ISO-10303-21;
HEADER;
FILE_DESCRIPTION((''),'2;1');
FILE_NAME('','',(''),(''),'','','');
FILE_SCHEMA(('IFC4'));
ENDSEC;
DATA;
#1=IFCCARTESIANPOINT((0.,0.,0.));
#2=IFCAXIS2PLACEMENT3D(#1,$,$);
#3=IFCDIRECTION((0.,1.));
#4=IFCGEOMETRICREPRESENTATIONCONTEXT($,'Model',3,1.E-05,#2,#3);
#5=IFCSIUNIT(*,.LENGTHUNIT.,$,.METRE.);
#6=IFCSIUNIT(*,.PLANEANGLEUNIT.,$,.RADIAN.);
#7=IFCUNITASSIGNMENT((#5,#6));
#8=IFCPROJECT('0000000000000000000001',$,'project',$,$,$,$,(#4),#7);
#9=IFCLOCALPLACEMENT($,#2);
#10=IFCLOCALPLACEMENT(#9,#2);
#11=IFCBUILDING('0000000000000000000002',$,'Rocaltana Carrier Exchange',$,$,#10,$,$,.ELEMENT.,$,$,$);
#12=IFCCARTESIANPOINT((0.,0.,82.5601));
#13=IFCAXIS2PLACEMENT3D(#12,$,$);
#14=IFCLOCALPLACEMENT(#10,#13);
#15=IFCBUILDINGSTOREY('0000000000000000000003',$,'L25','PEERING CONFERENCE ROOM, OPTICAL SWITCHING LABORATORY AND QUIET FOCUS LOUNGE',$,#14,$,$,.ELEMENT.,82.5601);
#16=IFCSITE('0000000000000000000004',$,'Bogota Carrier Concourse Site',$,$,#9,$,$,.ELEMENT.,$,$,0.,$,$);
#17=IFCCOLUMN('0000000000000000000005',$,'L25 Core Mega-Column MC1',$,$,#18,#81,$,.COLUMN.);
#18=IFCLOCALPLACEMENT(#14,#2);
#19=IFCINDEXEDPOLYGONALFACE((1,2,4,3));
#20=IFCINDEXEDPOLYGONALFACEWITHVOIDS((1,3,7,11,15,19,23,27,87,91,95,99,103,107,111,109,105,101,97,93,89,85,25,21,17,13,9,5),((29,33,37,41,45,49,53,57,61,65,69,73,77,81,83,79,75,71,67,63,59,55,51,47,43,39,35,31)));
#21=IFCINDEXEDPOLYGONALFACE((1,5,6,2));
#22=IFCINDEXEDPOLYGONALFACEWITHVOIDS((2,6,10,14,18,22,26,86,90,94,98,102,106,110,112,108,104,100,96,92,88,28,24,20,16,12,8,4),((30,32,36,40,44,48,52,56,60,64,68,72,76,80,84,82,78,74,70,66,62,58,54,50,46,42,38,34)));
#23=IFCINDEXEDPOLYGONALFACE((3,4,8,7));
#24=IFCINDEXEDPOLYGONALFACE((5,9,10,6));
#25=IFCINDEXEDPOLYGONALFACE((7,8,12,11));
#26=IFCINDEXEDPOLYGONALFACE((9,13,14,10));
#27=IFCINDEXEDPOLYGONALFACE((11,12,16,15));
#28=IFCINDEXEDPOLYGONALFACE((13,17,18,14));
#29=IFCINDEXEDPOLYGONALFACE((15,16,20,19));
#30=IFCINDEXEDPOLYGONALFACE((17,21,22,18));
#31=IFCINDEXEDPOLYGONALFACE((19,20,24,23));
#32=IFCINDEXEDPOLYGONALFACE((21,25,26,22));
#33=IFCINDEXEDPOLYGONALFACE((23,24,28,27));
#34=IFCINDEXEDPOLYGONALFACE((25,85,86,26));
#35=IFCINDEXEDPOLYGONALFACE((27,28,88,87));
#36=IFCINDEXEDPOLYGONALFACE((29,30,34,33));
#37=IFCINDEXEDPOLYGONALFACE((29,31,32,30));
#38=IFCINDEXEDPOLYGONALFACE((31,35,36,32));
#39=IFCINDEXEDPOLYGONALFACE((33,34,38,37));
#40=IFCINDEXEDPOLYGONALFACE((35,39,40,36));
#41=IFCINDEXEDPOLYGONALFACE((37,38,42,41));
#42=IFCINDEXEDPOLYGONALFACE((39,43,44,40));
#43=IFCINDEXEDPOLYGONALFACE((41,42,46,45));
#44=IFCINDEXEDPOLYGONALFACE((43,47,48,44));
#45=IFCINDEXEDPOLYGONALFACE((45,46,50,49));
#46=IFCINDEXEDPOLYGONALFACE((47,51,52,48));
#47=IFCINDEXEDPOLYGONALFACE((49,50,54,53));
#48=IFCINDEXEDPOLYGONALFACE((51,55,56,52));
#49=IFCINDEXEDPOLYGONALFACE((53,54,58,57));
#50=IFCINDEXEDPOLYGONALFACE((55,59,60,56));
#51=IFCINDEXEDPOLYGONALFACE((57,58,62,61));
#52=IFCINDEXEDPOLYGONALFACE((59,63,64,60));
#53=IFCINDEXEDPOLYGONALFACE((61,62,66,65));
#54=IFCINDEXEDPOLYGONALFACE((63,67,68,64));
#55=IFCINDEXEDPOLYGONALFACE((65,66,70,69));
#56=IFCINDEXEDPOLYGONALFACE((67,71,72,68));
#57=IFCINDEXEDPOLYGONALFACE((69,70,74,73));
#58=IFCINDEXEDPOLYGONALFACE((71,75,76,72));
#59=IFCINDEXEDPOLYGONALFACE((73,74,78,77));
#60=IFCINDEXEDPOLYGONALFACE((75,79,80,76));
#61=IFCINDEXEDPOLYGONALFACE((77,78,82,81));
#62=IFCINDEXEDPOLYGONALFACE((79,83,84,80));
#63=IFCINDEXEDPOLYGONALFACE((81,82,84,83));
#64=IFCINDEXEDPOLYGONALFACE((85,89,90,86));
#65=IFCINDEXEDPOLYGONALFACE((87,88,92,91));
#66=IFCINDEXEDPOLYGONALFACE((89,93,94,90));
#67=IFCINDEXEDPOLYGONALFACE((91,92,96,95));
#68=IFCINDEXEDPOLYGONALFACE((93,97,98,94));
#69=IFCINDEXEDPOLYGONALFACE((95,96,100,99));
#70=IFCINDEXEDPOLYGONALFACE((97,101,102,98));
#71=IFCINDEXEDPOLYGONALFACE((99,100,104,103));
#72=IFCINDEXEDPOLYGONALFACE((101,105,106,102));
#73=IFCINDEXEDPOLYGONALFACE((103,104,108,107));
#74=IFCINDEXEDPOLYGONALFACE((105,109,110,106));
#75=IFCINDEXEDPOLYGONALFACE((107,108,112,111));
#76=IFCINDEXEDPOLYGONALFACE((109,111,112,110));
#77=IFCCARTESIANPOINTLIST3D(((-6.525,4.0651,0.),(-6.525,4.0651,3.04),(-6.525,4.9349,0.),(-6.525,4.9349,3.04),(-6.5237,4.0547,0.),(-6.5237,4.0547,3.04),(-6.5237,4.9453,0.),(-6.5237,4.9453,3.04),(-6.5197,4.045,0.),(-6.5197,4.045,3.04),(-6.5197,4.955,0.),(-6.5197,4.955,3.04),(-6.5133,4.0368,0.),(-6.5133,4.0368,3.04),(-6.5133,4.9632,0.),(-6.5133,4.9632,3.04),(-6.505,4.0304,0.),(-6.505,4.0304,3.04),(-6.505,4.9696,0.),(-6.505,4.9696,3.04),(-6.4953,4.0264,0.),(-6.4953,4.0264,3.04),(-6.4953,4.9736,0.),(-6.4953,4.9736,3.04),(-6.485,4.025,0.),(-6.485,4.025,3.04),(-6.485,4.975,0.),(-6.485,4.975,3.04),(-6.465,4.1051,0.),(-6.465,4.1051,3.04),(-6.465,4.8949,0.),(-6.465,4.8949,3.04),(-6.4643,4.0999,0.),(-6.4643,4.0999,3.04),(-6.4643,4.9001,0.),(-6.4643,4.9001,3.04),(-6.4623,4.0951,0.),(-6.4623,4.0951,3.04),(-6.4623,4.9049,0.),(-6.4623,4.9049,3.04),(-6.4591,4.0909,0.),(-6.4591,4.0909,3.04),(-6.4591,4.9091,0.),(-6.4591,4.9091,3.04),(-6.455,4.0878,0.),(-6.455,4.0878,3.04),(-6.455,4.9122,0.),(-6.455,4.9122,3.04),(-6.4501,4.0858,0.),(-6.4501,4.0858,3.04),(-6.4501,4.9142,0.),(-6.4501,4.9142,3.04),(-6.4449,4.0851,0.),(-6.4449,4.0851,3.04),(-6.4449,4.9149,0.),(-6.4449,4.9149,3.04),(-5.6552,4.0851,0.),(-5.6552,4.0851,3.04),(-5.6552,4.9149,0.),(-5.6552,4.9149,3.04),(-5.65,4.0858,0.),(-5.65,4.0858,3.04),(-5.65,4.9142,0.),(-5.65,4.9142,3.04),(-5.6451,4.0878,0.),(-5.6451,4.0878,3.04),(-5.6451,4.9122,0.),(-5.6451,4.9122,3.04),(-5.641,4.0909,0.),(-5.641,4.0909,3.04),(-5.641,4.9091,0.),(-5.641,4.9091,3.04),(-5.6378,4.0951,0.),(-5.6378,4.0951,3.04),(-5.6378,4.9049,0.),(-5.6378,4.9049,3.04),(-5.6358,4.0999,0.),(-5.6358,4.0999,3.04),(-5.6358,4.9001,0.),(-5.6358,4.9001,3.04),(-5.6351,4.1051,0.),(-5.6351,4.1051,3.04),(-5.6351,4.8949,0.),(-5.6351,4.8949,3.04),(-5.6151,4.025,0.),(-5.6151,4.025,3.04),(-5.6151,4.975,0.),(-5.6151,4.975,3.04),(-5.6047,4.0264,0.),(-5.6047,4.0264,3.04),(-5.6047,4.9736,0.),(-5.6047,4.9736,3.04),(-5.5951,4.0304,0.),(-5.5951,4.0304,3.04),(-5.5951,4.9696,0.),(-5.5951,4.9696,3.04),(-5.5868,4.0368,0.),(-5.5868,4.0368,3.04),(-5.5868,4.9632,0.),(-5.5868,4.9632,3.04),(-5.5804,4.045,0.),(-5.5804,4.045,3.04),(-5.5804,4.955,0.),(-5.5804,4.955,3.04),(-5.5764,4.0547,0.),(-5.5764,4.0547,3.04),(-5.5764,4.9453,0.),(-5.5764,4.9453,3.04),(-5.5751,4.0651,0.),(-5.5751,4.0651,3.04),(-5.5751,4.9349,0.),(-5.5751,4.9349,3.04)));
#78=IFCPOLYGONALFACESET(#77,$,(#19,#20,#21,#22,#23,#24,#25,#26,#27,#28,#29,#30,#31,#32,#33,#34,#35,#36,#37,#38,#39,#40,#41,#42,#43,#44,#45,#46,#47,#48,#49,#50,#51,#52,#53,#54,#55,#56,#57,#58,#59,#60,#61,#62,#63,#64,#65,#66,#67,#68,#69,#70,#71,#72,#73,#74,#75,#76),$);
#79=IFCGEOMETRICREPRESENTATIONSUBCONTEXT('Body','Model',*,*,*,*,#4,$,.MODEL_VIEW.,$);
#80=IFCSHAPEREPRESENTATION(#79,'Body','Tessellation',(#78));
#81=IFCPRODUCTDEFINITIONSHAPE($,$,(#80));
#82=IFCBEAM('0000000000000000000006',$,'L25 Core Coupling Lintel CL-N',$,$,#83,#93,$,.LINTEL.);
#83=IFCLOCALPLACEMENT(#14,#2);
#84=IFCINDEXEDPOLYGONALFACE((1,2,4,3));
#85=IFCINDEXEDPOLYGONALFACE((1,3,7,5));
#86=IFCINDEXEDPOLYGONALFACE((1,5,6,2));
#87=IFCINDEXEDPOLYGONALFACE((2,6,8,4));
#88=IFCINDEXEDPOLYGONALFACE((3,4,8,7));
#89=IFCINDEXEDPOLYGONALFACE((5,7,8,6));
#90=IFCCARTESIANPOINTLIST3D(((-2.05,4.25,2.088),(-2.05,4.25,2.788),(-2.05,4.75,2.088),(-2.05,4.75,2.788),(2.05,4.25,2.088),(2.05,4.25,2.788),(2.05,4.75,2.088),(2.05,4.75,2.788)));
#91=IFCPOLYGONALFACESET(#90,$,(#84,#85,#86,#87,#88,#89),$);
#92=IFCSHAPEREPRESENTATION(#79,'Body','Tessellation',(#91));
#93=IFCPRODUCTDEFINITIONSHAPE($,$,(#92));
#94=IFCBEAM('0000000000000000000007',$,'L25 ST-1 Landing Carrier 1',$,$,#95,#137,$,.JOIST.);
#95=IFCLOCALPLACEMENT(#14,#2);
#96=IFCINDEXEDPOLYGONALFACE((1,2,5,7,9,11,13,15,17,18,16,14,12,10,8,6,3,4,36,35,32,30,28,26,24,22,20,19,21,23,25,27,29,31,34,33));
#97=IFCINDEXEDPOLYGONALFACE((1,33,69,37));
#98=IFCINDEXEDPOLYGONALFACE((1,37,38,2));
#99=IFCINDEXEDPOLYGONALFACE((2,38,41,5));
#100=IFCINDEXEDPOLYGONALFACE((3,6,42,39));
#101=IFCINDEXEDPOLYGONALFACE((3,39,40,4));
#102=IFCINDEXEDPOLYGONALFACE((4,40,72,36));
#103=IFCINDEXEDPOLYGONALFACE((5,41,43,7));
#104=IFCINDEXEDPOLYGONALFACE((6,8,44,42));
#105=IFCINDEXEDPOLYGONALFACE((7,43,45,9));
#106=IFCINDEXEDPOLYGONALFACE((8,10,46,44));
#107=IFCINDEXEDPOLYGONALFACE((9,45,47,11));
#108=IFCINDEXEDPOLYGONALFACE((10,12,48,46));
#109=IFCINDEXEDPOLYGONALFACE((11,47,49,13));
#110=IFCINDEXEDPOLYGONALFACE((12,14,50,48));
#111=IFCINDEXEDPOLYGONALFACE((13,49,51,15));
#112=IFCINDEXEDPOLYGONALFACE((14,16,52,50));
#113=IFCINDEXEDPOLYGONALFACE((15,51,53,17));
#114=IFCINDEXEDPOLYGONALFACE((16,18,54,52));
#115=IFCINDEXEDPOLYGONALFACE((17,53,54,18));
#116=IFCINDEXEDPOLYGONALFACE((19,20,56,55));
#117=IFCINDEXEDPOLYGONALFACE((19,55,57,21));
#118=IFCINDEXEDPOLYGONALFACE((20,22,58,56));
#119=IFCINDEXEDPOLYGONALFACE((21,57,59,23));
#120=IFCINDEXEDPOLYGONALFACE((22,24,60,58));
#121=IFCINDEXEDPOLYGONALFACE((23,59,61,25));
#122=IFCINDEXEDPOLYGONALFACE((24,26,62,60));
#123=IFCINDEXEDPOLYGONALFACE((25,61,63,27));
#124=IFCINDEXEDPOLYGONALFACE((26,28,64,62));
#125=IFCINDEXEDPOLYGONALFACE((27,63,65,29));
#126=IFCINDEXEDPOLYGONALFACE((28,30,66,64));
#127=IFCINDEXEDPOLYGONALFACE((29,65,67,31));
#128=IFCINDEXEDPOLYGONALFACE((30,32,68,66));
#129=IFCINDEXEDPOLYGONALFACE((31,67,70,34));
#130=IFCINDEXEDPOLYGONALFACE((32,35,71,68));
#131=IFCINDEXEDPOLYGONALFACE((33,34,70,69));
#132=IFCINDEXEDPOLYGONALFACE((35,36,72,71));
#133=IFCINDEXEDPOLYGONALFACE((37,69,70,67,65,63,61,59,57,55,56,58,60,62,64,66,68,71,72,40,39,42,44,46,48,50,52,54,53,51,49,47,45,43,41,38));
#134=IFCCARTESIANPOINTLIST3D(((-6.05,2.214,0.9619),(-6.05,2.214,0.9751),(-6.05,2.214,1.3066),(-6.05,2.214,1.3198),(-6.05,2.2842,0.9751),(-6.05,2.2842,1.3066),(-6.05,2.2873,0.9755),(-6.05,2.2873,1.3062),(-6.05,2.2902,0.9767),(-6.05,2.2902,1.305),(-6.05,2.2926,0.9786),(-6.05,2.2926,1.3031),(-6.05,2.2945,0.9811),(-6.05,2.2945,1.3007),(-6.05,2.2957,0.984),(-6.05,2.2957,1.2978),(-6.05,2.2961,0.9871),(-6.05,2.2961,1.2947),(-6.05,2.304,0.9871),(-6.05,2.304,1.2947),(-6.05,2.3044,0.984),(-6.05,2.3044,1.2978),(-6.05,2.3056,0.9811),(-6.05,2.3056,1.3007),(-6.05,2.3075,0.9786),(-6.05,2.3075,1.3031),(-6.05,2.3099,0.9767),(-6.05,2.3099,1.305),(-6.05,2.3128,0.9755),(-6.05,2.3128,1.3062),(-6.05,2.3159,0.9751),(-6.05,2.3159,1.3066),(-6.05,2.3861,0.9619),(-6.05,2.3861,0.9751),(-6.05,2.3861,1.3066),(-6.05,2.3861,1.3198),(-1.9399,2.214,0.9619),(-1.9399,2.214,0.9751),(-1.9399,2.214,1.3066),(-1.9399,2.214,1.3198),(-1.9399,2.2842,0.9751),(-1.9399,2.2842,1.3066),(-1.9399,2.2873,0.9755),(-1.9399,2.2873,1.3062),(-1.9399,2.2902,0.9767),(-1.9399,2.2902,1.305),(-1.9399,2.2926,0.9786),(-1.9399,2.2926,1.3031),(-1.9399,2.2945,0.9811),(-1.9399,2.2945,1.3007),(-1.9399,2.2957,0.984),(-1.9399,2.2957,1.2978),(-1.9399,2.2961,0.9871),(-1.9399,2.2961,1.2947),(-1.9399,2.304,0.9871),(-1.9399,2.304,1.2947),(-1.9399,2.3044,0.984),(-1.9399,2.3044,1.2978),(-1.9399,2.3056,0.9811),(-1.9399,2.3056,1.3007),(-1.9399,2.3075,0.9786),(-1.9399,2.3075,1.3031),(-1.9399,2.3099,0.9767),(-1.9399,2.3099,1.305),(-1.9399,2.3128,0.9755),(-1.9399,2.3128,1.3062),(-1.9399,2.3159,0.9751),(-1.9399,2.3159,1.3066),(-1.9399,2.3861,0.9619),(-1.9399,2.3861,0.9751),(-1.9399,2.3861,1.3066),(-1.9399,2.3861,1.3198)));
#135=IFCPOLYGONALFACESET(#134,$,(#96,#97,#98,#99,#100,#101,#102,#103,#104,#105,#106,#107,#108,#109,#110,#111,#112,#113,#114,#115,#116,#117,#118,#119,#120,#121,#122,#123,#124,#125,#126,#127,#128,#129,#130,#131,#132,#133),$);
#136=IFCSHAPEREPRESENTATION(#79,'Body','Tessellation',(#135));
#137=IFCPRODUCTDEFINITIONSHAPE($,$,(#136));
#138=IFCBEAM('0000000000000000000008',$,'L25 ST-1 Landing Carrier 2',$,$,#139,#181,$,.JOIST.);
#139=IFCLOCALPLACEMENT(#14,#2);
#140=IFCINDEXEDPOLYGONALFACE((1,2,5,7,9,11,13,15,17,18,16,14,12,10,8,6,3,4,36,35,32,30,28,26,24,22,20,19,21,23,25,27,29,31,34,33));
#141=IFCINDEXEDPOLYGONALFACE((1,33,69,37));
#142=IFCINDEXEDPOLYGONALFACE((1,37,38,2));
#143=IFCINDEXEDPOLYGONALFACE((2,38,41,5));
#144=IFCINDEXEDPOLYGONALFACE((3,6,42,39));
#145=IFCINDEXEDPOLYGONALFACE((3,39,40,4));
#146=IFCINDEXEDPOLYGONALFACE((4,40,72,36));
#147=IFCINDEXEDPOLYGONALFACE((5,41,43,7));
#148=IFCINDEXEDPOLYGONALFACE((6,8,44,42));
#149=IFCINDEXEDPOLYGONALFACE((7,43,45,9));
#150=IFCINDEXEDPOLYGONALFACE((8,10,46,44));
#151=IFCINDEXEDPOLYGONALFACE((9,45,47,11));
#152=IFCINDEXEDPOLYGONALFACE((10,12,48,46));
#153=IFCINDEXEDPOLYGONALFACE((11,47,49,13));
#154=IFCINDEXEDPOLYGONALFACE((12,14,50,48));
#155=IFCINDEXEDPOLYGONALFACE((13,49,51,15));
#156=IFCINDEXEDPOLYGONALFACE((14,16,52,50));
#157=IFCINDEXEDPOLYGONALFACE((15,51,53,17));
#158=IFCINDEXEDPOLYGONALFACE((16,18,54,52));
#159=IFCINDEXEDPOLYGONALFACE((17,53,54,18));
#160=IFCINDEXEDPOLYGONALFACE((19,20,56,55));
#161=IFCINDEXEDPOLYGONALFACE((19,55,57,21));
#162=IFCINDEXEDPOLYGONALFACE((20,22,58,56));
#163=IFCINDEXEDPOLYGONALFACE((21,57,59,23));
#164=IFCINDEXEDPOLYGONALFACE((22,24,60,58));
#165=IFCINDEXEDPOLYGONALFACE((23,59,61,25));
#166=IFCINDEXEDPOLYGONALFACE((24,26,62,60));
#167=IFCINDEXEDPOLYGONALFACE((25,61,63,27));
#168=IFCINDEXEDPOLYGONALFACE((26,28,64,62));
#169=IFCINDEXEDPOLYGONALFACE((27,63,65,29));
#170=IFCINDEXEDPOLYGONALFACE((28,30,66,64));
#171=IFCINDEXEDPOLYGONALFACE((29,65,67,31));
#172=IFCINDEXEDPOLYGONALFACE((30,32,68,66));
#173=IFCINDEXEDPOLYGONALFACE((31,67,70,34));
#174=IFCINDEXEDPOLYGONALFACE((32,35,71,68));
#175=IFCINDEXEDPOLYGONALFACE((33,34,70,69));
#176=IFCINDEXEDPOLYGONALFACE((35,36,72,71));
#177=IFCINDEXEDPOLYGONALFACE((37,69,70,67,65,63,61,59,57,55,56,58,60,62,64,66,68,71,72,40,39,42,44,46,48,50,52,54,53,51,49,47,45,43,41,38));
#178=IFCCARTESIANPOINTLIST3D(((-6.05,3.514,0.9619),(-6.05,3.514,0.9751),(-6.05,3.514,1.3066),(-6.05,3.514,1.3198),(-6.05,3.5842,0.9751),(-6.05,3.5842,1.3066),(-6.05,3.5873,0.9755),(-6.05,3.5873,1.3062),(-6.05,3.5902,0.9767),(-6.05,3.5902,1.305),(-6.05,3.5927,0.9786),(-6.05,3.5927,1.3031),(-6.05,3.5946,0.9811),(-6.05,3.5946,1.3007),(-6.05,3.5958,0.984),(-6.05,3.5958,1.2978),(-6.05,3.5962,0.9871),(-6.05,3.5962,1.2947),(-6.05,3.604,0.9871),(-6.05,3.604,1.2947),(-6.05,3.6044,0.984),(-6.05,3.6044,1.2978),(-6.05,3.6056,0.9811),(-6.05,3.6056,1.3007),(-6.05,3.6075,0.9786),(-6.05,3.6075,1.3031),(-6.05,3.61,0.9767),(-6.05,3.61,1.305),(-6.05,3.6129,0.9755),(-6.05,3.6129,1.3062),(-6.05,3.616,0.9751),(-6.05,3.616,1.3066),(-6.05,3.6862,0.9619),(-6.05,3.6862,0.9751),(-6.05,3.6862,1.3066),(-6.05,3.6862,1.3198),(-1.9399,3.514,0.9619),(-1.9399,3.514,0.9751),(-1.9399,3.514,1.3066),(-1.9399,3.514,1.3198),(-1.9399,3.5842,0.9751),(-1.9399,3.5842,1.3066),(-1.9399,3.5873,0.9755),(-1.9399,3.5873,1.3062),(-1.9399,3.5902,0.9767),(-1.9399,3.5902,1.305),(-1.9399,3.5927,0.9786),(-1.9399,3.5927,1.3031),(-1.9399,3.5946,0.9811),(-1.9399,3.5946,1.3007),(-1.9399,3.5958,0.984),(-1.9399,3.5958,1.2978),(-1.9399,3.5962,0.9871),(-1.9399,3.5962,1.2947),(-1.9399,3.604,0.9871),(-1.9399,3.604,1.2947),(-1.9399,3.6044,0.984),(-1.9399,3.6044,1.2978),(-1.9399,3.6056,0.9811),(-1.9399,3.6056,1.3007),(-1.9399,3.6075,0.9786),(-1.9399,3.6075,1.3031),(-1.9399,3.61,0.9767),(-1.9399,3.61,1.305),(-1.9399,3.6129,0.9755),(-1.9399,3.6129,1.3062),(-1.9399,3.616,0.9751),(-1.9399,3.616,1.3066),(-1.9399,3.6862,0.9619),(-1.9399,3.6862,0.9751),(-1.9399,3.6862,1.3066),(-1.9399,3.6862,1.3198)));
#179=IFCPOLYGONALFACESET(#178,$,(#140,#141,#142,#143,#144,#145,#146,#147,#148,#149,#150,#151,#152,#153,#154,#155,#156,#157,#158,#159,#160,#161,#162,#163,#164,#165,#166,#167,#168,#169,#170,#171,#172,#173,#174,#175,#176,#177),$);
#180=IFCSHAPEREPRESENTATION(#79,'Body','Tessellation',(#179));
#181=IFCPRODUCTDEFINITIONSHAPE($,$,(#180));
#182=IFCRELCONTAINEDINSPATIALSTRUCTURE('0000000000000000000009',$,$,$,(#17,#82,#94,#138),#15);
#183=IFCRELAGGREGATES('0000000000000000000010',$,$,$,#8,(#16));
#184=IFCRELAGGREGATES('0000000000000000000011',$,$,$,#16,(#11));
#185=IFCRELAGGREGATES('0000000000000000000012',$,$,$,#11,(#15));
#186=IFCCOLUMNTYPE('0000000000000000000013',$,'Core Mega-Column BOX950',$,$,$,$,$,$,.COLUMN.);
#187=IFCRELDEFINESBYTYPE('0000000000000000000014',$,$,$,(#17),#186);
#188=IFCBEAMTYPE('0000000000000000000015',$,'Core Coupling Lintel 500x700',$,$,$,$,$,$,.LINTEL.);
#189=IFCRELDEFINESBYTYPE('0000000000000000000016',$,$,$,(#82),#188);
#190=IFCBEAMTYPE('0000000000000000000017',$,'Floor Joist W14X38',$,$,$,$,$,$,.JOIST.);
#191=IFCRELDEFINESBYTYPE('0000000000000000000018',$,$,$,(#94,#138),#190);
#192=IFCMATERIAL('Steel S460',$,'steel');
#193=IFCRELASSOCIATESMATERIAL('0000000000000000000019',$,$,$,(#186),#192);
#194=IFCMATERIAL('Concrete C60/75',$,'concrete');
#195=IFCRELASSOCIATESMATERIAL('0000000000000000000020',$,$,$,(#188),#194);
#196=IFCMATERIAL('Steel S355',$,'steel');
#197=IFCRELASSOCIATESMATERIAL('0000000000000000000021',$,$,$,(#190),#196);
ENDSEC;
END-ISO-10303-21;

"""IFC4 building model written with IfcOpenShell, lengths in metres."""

from ifc_helpers import new_model, si_unit, direction, frame, origin, origin_2d, place, context, subcontext, project, spatial, rectangle, hollow_rectangle, i_section, extrude, material, material_profile, profile_set, type_object, element, save


model = new_model("IFC4")

# Units and contexts
model_context = context("Model", 3, precision=1e-05, world=origin(), true_north=direction((0.0, 1.0)))
body_context = subcontext(model_context, "Body", "Model", "MODEL_VIEW")
ifc_project = project(units=[si_unit("LENGTHUNIT", "METRE"), si_unit("PLANEANGLEUNIT", "RADIAN")], contexts=[model_context])

# Site, building, storey
site_placement = place(None, origin())
site = spatial("IfcSite", under=ifc_project, at=site_placement, Name="Bogota Carrier Concourse Site", CompositionType="ELEMENT", RefElevation=0.0)
building_placement = place(site_placement, origin())
building = spatial("IfcBuilding", under=site, at=building_placement, Name="Rocaltana Carrier Exchange", CompositionType="ELEMENT")
storey_placement = place(building_placement, frame((0.0, 0.0, 82.5601)))
storey = spatial("IfcBuildingStorey", under=building, at=storey_placement, Name="L25", Description="PEERING CONFERENCE ROOM, OPTICAL SWITCHING LABORATORY AND QUIET FOCUS LOUNGE", CompositionType="ELEMENT", Elevation=82.5601)

# Column
ifc_material_1 = material(Name="Steel S460", Category="steel")
ifc_material_profile_1 = material_profile(ifc_material_1, hollow_rectangle(XDim=0.95, YDim=0.95, WallThickness=0.0601, InnerFilletRadius=0.02, OuterFilletRadius=0.04, at=origin_2d()), Name="BOX950X950X60")
ifc_profile_set_1 = profile_set([ifc_material_profile_1], Name="Steel S460")
column_type = type_object("IfcColumnType", Name="Core Mega-Column BOX950", PredefinedType="COLUMN", material=ifc_profile_set_1)
column_placement = place(storey_placement, frame((-6.05, 4.5, 0.0), z_axis=(0.0, 0.0, 1.0), x_axis=(1.0, 0.0, 0.0)))
element("IfcColumn", 1, at=column_placement, inside=storey, type_object=column_type, Name="L25 Core Mega-Column MC1", PredefinedType="COLUMN", context=body_context, shape_type="SweptSolid", body=[
    extrude(hollow_rectangle(XDim=0.95, YDim=0.95, WallThickness=0.0601, InnerFilletRadius=0.02, OuterFilletRadius=0.04, at=origin_2d()), origin(), (0.0, 0.0, 1.0), 3.04),
])

# Beams
ifc_material_2 = material(Name="Concrete C60/75", Category="concrete")
ifc_material_profile_2 = material_profile(ifc_material_2, rectangle(XDim=0.5, YDim=0.7, at=origin_2d()), Name="RC-BM-500X700")
ifc_profile_set_2 = profile_set([ifc_material_profile_2], Name="Concrete C60/75")
beam_type_1 = type_object("IfcBeamType", Name="Core Coupling Lintel 500x700", PredefinedType="LINTEL", material=ifc_profile_set_2)
beam_1_placement = place(storey_placement, frame((-2.05, 4.5, 2.438), z_axis=(1.0, 0.0, 0.0), x_axis=(0.0, 1.0, 0.0)))
element("IfcBeam", 2, at=beam_1_placement, inside=storey, type_object=beam_type_1, Name="L25 Core Coupling Lintel CL-N", PredefinedType="LINTEL", context=body_context, shape_type="SweptSolid", body=[
    extrude(rectangle(XDim=0.5, YDim=0.7, at=origin_2d()), origin(), (0.0, 0.0, 1.0), 4.1001),
])
ifc_material_3 = material(Name="Steel S355", Category="steel")
ifc_material_profile_3 = material_profile(ifc_material_3, i_section(OverallWidth=0.1721, OverallDepth=0.3579, WebThickness=0.0078, FlangeThickness=0.0132, FilletRadius=0.012, at=origin_2d()), Name="W14X38")
ifc_profile_set_3 = profile_set([ifc_material_profile_3], Name="Steel S355")
beam_type_2 = type_object("IfcBeamType", Name="Floor Joist W14X38", PredefinedType="JOIST", material=ifc_profile_set_3)
for number, where, z_axis, x_axis, name in (
    (3, (-6.05, 2.3, 1.1409), (1.0, 0.0, 0.0), (0.0, 1.0, 0.0), "L25 ST-1 Landing Carrier 1"),
    (4, (-6.05, 3.6001, 1.1409), (1.0, 0.0, 0.0), (0.0, 1.0, 0.0), "L25 ST-1 Landing Carrier 2"),
):
    element("IfcBeam", number, at=place(storey_placement, frame(where, z_axis=z_axis, x_axis=x_axis)), inside=storey, type_object=beam_type_2, Name=name, PredefinedType="JOIST", context=body_context, shape_type="SweptSolid", body=[
        extrude(i_section(OverallWidth=0.1721, OverallDepth=0.3579, WebThickness=0.0078, FlangeThickness=0.0132, FilletRadius=0.012, at=origin_2d()), origin(), (0.0, 0.0, 1.0), 4.1101),
    ])

save(model, "model.ifc")
